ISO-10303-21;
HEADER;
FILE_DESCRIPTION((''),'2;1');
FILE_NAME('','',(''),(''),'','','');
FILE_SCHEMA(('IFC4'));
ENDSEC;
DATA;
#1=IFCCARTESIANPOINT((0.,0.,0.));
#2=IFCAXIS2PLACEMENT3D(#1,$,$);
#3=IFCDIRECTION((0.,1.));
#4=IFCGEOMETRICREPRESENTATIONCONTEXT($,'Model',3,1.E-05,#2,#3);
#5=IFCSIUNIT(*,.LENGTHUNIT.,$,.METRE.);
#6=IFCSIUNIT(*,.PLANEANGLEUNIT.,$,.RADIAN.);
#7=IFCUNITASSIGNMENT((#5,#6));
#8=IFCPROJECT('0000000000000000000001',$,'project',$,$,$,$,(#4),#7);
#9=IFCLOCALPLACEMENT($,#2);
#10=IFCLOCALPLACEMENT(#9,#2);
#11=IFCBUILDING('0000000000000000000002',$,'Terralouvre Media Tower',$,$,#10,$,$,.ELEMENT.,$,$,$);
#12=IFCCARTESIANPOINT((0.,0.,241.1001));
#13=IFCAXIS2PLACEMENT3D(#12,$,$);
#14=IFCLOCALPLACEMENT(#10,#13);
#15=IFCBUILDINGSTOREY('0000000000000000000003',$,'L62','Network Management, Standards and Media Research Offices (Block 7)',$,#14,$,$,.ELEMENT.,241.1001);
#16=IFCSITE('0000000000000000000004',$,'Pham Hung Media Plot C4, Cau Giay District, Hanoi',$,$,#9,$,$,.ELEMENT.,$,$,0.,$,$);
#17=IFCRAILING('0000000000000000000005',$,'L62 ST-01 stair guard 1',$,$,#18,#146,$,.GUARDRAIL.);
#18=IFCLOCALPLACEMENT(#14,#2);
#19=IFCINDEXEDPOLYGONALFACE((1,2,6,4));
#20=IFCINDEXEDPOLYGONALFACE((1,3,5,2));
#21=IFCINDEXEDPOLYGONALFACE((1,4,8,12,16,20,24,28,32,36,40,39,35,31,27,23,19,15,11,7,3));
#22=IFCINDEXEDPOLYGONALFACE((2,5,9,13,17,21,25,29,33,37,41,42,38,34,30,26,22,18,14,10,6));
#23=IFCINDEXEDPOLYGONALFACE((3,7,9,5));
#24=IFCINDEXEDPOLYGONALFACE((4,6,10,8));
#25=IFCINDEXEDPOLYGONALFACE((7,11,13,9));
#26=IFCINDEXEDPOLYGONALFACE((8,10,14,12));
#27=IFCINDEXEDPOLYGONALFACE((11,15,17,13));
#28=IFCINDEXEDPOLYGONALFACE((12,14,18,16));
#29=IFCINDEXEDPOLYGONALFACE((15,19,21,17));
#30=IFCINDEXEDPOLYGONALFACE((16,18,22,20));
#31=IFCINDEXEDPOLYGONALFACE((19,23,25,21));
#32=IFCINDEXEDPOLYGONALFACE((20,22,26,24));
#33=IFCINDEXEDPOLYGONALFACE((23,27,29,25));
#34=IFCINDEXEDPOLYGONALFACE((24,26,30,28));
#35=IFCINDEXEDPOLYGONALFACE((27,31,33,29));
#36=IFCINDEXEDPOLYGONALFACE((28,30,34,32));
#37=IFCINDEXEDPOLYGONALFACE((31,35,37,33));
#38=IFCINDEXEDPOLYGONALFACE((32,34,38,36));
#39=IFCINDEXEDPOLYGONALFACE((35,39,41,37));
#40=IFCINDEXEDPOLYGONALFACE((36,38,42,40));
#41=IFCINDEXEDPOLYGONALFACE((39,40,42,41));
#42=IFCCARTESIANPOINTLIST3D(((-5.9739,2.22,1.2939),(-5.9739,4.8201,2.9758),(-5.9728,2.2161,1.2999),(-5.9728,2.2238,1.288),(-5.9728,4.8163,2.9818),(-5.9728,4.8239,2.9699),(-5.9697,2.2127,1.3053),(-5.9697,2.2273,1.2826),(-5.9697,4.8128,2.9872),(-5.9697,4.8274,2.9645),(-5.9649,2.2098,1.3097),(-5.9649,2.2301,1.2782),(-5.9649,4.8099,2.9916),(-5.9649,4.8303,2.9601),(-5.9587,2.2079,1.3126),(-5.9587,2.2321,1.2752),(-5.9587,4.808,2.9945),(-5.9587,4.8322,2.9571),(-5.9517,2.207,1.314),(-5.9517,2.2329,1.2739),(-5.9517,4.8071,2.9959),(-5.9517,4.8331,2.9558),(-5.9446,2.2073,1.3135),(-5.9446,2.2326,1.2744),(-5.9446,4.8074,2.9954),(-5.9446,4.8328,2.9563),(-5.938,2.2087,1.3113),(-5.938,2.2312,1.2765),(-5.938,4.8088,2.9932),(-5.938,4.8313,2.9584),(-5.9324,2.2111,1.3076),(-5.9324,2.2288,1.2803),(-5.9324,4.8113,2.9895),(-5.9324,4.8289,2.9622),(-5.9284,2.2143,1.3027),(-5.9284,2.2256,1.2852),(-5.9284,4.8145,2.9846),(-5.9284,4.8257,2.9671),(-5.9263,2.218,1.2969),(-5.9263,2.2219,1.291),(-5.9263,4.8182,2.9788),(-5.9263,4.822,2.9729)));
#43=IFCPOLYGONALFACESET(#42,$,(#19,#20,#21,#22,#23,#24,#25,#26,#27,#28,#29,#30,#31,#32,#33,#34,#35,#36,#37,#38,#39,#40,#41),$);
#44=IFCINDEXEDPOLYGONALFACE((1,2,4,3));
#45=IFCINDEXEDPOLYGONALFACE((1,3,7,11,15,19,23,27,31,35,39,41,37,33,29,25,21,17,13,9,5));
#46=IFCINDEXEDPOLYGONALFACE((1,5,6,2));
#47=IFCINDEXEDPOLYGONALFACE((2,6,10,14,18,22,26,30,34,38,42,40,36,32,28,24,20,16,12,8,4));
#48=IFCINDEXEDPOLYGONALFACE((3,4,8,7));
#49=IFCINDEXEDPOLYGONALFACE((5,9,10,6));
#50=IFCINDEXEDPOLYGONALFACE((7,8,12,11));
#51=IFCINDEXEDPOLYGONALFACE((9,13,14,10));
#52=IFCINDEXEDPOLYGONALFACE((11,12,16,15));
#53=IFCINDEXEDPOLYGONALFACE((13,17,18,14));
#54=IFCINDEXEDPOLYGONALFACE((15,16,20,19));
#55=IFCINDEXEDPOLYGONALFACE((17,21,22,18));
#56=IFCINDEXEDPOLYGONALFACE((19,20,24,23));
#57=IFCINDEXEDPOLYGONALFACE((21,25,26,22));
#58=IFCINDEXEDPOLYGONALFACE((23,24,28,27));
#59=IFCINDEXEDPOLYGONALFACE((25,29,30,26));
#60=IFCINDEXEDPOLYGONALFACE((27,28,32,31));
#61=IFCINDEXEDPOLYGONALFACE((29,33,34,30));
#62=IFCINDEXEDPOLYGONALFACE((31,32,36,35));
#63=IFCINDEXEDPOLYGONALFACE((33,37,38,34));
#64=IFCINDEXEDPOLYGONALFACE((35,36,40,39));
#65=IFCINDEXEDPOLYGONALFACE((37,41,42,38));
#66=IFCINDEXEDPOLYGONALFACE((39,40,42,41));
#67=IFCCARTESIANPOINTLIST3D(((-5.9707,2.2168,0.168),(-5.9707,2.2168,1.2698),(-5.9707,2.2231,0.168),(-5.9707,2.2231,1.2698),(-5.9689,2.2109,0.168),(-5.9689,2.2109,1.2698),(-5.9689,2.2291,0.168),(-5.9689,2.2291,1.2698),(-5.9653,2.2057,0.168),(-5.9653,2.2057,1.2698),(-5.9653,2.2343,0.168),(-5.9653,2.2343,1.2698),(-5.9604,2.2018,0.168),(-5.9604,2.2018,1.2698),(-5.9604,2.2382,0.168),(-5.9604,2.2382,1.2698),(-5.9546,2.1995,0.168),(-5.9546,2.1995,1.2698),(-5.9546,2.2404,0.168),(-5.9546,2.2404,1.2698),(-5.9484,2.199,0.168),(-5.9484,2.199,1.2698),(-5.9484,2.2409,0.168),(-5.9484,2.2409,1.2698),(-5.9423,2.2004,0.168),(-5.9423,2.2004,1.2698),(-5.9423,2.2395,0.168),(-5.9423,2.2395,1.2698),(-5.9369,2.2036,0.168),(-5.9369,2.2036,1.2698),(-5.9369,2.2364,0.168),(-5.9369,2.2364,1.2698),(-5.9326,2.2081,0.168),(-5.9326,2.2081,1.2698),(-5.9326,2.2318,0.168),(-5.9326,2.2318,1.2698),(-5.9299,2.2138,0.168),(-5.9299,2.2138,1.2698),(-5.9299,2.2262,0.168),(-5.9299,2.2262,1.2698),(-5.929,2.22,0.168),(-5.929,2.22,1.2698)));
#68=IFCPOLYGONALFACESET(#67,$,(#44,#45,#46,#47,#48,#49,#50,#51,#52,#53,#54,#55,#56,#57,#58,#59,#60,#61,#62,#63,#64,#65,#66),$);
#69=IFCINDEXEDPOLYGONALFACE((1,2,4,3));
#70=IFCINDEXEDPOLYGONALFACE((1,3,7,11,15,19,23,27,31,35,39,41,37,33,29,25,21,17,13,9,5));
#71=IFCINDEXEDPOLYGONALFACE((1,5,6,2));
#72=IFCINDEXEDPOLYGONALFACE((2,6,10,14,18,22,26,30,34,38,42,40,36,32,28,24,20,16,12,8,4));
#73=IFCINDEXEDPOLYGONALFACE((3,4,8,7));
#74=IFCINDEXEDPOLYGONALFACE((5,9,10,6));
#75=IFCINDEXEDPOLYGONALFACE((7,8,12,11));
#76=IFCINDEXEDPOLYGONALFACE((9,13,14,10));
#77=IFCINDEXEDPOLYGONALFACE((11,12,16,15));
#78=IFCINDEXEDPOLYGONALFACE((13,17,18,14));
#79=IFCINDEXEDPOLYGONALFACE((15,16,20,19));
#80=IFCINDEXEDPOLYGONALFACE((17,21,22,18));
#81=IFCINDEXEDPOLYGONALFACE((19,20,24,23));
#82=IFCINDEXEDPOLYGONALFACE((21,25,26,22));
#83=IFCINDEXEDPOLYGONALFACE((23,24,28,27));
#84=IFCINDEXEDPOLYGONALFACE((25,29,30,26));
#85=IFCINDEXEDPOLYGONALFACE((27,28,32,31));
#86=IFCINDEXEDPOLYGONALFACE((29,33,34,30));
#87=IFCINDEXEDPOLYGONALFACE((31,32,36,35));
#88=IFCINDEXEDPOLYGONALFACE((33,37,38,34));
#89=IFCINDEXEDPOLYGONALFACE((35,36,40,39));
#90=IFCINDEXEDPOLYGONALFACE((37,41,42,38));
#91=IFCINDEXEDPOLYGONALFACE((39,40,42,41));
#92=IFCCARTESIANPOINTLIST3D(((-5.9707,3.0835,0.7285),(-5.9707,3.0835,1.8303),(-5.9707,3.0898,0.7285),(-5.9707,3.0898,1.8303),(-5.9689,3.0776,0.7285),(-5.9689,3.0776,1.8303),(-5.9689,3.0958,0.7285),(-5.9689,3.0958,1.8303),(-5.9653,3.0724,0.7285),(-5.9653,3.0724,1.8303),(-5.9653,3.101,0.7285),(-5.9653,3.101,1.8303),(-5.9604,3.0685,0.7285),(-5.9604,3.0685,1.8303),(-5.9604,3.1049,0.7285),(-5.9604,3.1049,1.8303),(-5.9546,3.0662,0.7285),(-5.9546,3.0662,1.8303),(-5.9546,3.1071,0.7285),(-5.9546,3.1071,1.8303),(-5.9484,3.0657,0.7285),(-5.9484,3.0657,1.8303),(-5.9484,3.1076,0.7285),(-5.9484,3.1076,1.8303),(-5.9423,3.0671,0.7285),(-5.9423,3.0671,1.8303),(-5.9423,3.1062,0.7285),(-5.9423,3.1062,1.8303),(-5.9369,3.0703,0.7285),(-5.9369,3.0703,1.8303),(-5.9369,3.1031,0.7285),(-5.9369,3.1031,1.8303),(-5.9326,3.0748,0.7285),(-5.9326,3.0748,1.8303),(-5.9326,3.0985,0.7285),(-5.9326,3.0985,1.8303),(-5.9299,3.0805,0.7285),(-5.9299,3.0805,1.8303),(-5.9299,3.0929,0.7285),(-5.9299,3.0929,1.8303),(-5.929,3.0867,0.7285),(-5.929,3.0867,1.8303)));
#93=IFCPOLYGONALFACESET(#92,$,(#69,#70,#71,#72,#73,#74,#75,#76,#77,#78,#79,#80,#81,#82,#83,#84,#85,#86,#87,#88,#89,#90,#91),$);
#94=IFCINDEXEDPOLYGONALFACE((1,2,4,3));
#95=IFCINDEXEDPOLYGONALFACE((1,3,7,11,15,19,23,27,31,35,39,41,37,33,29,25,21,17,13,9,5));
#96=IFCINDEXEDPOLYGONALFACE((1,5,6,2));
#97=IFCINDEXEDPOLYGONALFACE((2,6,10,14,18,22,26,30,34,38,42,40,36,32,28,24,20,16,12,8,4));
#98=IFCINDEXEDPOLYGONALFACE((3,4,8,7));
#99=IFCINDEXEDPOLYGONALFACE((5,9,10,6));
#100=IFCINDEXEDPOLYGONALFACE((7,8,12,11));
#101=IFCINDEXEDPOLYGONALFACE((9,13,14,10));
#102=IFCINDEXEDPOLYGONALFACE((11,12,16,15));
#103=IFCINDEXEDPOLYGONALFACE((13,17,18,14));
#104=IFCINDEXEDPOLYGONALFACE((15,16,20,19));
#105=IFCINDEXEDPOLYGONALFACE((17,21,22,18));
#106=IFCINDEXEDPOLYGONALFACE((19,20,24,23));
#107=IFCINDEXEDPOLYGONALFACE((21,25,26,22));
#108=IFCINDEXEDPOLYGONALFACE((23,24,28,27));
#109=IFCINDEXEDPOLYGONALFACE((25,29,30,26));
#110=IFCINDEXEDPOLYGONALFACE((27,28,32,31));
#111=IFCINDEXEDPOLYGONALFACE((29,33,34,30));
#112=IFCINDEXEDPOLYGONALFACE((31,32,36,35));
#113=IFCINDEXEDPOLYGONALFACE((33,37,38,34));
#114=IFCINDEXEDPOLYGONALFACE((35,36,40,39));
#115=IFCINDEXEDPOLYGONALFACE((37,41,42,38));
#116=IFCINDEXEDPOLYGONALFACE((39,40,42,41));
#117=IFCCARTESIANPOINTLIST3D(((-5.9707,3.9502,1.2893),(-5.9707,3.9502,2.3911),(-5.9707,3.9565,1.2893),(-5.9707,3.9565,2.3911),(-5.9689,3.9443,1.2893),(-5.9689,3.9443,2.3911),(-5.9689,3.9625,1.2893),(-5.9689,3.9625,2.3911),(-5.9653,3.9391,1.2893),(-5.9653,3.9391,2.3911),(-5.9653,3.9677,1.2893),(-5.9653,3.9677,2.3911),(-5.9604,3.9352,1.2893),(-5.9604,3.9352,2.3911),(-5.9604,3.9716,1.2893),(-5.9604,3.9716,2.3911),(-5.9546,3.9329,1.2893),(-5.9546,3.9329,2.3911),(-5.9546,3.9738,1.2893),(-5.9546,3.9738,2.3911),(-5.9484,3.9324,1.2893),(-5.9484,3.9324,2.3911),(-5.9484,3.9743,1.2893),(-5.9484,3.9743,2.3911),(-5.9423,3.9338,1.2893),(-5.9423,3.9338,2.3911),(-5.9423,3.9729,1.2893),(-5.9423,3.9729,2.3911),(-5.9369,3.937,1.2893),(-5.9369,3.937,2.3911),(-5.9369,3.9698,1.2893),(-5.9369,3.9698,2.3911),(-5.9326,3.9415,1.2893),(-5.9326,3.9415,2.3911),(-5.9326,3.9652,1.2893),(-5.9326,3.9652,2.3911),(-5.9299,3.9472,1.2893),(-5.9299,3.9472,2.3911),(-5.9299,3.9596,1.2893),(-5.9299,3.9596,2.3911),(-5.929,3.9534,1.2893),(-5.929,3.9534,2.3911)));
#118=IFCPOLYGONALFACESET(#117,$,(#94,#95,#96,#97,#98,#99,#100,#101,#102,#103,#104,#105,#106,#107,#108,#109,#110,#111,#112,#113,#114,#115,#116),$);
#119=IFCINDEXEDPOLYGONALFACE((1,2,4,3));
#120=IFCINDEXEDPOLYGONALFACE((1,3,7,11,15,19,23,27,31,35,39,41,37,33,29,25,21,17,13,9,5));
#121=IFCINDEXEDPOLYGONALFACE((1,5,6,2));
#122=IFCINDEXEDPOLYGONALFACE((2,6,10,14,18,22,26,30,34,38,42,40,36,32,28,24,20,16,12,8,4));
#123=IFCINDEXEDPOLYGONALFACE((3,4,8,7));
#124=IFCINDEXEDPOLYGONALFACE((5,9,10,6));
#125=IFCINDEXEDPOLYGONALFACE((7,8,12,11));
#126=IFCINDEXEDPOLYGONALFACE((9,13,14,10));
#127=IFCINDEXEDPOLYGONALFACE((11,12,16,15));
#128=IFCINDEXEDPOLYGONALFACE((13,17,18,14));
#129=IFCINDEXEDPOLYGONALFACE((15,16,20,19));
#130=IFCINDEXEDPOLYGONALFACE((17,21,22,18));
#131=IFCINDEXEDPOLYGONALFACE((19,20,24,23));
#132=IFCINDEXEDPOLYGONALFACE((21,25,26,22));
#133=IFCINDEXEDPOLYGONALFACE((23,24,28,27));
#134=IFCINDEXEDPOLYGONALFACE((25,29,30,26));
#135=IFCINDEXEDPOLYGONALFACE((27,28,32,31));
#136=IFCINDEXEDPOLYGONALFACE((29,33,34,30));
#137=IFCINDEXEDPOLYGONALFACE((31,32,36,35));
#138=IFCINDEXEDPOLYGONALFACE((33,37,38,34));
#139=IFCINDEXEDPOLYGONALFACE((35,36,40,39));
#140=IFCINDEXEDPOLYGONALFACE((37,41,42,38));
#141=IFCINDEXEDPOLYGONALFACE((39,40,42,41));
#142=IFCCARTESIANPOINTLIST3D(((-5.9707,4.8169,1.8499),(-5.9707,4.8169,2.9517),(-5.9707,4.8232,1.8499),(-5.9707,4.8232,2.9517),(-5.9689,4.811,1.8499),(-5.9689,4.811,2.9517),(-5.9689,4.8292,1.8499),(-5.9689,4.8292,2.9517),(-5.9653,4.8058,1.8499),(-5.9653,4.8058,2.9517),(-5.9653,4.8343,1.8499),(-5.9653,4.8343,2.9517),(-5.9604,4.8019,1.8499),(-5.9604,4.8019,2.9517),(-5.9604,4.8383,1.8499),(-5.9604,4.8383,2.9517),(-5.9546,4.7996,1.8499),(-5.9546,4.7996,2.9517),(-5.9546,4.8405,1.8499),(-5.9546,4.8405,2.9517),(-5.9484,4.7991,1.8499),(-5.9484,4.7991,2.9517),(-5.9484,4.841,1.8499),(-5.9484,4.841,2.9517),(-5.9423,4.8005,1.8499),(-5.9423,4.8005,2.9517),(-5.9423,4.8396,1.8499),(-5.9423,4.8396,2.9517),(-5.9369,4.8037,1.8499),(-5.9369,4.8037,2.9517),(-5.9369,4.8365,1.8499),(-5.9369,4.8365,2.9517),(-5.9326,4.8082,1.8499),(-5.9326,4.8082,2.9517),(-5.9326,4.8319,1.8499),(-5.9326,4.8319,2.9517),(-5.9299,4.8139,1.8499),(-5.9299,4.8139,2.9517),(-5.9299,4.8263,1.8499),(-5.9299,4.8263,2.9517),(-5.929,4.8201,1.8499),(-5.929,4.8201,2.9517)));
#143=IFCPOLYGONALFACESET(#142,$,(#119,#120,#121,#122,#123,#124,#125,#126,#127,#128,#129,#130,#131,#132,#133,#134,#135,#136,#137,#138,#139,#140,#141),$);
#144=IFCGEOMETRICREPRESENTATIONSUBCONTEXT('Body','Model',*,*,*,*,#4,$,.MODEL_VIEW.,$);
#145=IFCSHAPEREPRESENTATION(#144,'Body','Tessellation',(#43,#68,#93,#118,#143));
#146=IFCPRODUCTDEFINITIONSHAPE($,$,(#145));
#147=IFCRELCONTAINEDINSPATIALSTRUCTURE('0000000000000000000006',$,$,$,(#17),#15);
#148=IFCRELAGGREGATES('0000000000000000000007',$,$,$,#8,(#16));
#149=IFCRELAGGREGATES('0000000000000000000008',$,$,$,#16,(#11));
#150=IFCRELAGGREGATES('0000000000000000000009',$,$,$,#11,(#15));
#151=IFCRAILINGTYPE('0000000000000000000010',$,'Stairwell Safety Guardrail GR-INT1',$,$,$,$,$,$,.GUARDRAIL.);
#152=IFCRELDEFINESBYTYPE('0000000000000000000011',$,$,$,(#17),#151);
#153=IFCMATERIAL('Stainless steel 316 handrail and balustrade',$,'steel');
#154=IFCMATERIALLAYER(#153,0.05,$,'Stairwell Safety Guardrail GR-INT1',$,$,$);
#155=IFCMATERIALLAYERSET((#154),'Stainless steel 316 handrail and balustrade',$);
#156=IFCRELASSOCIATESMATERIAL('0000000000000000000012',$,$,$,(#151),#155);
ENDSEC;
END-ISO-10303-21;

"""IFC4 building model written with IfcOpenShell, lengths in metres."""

from ifc_helpers import new_model, si_unit, direction, frame, origin, origin_2d, place, context, subcontext, project, spatial, circle, extrude, material, layer, layer_set, type_object, element, save


model = new_model("IFC4")

# Units and contexts
model_context = context("Model", 3, precision=1e-05, world=origin(), true_north=direction((0.0, 1.0)))
body_context = subcontext(model_context, "Body", "Model", "MODEL_VIEW")
ifc_project = project(units=[si_unit("LENGTHUNIT", "METRE"), si_unit("PLANEANGLEUNIT", "RADIAN")], contexts=[model_context])

# Site, building, storey
site_placement = place(None, origin())
site = spatial("IfcSite", under=ifc_project, at=site_placement, Name="Pham Hung Media Plot C4, Cau Giay District, Hanoi", CompositionType="ELEMENT", RefElevation=0.0)
building_placement = place(site_placement, origin())
building = spatial("IfcBuilding", under=site, at=building_placement, Name="Terralouvre Media Tower", CompositionType="ELEMENT")
storey_placement = place(building_placement, frame((0.0, 0.0, 241.1001)))
storey = spatial("IfcBuildingStorey", under=building, at=storey_placement, Name="L62", Description="Network Management, Standards and Media Research Offices (Block 7)", CompositionType="ELEMENT", Elevation=241.1001)

# Railing
ifc_material_1 = material(Name="Stainless steel 316 handrail and balustrade", Category="steel")
ifc_layer_1 = layer(ifc_material_1, 0.05, Name="Stairwell Safety Guardrail GR-INT1")
ifc_layer_set_1 = layer_set([ifc_layer_1], Name="Stainless steel 316 handrail and balustrade")
railing_type_1 = type_object("IfcRailingType", Name="Stairwell Safety Guardrail GR-INT1", PredefinedType="GUARDRAIL", material=ifc_layer_set_1)
railing_1_placement = place(storey_placement, frame((-5.95, 2.22, 0.168)))
element("IfcRailing", 1, at=railing_1_placement, inside=storey, type_object=railing_type_1, Name="L62 ST-01 stair guard 1", PredefinedType="GUARDRAIL", context=body_context, shape_type="SweptSolid", body=[
    extrude(circle(Radius=0.0239, at=origin_2d()), frame((0.0, 0.0, 1.126), z_axis=(0.0, 0.839648, 0.54313), x_axis=(-1.0, 0.0, 0.0)), (0.0, 0.0, 1.0), 3.0967),
    extrude(circle(Radius=0.021, at=origin_2d()), origin(), (0.0, 0.0, 1.0), 1.1018),
    extrude(circle(Radius=0.021, at=origin_2d()), frame((0.0, 0.8667, 0.5605)), (0.0, 0.0, 1.0), 1.1018),
    extrude(circle(Radius=0.021, at=origin_2d()), frame((0.0, 1.7334, 1.1213)), (0.0, 0.0, 1.0), 1.1018),
    extrude(circle(Radius=0.021, at=origin_2d()), frame((0.0, 2.6001, 1.6819)), (0.0, 0.0, 1.0), 1.1018),
])

save(model, "model.ifc")
